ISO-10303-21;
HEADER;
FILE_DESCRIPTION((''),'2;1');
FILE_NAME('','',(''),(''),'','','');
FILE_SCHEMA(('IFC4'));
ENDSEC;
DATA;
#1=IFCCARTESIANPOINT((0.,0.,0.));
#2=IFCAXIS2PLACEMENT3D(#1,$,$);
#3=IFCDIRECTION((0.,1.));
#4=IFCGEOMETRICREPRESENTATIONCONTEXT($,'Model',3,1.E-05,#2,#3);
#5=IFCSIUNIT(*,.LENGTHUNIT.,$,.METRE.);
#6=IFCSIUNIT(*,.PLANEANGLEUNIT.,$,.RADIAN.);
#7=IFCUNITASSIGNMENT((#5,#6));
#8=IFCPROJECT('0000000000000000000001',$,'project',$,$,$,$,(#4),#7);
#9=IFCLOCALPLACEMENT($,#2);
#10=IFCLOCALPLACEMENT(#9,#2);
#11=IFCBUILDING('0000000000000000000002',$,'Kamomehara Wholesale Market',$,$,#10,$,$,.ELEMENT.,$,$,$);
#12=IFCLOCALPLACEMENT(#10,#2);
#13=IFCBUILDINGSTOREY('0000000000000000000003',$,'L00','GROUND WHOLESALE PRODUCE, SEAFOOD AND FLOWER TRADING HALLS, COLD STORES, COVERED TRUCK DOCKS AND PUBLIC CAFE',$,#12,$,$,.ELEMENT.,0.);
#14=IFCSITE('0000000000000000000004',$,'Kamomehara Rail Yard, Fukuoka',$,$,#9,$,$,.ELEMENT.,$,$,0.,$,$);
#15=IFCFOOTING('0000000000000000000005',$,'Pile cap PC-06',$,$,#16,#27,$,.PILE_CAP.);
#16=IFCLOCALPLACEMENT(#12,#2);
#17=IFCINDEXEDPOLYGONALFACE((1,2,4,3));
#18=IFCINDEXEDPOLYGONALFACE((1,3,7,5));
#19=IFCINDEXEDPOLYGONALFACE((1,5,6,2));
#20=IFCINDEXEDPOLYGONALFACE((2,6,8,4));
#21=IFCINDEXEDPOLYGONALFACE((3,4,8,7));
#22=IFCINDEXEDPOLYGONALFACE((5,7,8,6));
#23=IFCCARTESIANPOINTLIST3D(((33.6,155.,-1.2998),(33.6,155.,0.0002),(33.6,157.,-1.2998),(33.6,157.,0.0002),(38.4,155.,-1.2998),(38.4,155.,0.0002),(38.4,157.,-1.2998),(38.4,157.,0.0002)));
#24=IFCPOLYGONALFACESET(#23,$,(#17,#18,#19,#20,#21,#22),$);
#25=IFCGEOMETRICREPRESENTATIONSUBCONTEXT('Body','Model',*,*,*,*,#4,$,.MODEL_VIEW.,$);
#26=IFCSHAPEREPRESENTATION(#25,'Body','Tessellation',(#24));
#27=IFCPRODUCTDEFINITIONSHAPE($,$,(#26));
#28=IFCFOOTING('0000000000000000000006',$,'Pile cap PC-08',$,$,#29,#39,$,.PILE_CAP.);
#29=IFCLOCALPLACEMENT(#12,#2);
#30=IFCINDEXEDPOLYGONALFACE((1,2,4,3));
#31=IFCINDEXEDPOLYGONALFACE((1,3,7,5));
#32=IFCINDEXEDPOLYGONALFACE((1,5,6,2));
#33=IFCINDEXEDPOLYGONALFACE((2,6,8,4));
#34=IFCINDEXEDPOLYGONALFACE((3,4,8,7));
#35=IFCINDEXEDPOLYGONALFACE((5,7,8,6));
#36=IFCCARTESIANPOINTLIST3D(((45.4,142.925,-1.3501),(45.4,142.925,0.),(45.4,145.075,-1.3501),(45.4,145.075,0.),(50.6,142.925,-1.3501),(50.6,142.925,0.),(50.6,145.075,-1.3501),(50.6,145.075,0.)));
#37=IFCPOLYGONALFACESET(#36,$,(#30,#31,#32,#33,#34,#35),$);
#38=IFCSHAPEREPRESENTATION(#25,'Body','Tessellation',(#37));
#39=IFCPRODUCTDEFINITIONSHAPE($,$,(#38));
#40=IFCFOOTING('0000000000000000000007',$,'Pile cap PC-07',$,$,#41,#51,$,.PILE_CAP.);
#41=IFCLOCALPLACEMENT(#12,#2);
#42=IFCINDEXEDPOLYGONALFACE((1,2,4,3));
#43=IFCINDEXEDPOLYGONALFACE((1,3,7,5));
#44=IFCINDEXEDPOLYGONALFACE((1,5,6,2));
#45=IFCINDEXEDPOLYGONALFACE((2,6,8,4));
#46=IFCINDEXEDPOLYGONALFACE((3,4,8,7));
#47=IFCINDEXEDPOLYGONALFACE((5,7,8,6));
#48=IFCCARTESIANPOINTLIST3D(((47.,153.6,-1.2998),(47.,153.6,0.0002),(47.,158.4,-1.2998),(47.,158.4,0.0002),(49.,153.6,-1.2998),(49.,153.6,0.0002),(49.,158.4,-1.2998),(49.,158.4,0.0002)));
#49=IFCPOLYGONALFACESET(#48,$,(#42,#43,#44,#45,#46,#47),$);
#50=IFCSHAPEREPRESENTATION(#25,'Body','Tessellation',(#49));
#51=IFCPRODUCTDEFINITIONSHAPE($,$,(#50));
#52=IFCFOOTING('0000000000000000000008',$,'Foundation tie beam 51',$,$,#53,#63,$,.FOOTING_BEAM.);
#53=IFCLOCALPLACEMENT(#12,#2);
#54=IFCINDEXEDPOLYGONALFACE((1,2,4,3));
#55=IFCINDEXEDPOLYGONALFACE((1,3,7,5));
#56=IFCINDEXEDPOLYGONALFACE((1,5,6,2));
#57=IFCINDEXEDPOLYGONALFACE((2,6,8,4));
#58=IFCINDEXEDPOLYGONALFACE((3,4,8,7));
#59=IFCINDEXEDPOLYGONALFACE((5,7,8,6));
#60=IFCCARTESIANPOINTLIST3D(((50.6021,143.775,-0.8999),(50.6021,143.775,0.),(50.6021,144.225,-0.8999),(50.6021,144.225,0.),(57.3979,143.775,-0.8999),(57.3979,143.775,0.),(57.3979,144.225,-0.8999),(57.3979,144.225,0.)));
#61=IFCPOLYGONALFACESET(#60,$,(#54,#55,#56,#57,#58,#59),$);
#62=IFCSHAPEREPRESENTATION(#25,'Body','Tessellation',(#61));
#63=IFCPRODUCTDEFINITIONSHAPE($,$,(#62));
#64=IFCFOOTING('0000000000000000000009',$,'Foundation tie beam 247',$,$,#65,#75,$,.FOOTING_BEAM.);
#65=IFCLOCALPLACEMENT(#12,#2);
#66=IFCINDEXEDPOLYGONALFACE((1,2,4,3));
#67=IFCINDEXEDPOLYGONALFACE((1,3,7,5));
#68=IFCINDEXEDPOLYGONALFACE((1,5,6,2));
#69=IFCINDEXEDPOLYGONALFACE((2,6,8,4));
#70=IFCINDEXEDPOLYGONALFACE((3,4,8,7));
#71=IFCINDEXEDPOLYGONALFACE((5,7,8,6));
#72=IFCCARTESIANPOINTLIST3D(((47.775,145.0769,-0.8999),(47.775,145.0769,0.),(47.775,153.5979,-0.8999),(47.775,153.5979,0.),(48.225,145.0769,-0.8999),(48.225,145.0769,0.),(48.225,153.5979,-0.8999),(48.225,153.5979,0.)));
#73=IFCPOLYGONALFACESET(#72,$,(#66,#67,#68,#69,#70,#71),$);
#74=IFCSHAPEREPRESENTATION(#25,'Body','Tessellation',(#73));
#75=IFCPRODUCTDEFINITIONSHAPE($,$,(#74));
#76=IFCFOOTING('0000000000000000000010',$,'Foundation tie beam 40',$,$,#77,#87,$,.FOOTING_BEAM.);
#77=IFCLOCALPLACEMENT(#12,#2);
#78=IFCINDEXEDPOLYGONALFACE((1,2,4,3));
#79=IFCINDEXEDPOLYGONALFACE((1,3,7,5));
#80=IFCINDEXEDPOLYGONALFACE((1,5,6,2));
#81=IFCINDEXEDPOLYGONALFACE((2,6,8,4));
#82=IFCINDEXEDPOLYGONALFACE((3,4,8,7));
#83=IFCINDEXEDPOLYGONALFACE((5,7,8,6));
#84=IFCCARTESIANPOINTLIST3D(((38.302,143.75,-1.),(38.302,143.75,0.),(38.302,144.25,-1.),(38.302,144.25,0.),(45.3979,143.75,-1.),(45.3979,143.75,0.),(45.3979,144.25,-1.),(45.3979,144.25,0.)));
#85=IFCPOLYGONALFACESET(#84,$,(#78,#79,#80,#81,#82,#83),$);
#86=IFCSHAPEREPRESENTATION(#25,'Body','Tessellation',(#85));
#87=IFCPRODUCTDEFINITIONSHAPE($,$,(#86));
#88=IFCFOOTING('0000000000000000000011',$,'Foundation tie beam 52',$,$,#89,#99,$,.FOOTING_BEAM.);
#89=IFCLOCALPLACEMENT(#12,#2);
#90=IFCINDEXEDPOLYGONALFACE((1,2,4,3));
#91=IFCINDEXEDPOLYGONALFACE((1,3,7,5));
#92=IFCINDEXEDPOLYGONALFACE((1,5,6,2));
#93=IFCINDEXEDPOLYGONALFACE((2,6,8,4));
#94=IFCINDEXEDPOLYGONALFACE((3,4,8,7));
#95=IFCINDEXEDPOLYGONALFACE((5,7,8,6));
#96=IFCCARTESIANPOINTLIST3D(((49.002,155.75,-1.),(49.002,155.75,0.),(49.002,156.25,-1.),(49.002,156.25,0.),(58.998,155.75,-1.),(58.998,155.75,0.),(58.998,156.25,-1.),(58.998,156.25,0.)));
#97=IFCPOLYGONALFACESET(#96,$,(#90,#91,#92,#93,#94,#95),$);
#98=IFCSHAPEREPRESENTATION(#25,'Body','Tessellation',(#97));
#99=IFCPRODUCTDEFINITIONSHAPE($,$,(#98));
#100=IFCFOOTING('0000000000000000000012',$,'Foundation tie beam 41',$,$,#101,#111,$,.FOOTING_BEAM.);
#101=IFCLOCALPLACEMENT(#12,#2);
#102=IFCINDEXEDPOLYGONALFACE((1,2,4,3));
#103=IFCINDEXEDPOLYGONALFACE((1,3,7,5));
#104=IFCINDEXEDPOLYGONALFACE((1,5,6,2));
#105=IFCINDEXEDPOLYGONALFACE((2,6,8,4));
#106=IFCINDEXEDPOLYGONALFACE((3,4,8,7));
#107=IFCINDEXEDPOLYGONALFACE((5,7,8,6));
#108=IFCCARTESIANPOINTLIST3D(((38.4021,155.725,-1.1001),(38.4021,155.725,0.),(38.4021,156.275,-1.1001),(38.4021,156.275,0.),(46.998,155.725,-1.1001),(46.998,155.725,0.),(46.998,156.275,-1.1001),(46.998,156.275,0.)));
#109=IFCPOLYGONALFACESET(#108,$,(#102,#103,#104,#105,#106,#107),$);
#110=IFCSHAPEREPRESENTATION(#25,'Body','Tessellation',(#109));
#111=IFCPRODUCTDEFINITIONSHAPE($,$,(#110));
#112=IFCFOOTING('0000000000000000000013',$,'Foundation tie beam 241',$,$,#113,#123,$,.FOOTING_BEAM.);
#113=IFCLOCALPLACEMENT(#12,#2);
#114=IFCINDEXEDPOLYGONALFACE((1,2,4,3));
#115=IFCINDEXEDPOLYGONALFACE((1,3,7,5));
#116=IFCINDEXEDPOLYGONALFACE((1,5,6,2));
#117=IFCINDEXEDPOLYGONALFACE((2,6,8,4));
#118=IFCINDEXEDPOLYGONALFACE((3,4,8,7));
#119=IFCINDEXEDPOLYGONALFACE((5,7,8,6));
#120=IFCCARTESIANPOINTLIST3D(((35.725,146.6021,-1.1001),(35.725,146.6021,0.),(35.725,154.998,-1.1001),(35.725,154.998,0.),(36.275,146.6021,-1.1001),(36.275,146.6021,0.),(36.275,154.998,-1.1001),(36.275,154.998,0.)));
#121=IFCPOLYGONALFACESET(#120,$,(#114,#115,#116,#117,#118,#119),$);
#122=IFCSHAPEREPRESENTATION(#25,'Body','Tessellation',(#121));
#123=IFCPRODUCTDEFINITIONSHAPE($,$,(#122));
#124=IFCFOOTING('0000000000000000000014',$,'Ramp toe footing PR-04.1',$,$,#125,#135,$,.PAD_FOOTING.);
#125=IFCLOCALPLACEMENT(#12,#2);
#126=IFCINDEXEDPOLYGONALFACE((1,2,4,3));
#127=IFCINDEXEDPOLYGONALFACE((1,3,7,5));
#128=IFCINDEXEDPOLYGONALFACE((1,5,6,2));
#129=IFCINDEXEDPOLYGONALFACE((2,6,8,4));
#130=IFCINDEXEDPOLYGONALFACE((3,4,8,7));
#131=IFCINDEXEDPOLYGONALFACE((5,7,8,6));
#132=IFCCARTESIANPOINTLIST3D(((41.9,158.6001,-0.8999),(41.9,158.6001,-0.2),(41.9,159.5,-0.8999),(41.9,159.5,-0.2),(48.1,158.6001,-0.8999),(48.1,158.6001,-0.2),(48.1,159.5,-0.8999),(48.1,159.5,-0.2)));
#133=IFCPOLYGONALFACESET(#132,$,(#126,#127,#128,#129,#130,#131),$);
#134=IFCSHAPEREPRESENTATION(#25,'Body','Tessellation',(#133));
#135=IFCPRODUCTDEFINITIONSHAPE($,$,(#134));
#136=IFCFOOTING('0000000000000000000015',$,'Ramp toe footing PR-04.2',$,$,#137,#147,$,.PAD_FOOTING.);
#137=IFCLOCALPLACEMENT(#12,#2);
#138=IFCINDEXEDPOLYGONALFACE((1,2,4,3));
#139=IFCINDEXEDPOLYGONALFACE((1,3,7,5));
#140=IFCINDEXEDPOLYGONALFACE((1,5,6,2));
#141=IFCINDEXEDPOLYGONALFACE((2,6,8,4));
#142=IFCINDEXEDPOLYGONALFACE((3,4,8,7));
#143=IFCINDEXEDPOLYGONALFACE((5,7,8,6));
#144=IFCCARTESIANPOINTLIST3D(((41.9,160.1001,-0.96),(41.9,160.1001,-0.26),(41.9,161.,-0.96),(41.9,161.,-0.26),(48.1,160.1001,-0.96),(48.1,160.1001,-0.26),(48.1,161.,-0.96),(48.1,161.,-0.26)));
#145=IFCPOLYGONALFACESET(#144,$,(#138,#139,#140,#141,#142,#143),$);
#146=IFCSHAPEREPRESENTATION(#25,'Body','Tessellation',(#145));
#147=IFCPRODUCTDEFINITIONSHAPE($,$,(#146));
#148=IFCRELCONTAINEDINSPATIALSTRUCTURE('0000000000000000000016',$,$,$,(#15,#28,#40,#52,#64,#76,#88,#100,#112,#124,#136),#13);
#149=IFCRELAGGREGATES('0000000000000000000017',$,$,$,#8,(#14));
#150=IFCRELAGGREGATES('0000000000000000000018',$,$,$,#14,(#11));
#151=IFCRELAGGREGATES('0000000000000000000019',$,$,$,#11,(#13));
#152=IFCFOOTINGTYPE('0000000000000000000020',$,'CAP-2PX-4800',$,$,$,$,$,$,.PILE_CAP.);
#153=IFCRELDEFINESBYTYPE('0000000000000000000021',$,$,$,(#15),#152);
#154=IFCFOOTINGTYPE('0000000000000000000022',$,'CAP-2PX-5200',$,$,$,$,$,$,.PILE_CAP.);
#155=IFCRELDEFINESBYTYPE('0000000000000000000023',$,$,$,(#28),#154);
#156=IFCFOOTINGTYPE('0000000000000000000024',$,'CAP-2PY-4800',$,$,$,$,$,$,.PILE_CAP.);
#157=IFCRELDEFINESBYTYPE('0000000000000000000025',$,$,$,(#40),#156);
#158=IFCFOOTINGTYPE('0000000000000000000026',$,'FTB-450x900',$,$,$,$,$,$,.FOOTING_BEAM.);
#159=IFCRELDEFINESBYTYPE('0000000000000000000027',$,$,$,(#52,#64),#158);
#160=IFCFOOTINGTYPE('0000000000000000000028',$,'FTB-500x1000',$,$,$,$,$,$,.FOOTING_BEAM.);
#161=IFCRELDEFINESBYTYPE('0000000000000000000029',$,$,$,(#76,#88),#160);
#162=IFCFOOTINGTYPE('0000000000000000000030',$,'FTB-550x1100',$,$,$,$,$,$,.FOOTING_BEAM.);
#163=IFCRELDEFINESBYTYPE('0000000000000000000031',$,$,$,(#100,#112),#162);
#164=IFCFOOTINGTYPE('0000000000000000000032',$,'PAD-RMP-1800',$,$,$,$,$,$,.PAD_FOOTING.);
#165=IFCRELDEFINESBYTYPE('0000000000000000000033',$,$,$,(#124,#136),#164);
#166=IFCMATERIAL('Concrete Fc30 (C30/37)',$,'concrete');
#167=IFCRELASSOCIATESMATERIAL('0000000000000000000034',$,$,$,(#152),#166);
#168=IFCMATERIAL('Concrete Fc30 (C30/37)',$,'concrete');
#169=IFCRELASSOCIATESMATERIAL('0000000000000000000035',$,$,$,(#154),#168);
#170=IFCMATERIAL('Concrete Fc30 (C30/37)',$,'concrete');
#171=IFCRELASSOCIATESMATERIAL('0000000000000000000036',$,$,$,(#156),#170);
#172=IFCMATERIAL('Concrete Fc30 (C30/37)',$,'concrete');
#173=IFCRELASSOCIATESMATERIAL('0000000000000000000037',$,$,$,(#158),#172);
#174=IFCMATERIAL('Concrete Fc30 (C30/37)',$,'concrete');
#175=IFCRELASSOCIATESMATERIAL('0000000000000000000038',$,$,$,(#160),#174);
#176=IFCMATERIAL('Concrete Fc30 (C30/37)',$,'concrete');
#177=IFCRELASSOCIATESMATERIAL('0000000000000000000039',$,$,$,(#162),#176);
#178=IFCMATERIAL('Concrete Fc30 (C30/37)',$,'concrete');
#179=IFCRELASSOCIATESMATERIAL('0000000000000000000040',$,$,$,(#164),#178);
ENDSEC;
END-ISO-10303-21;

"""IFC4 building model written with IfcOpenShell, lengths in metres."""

from ifc_helpers import new_model, si_unit, direction, frame, origin, origin_2d, place, context, subcontext, project, spatial, rectangle, extrude, material, material_profile, profile_set, type_object, element, save


model = new_model("IFC4")

# Units and contexts
model_context = context("Model", 3, precision=1e-05, world=origin(), true_north=direction((0.0, 1.0)))
body_context = subcontext(model_context, "Body", "Model", "MODEL_VIEW")
ifc_project = project(units=[si_unit("LENGTHUNIT", "METRE"), si_unit("PLANEANGLEUNIT", "RADIAN")], contexts=[model_context])

# Site, building, storey
site_placement = place(None, origin())
site = spatial("IfcSite", under=ifc_project, at=site_placement, Name="Kamomehara Rail Yard, Fukuoka", CompositionType="ELEMENT", RefElevation=0.0)
building_placement = place(site_placement, origin())
building = spatial("IfcBuilding", under=site, at=building_placement, Name="Kamomehara Wholesale Market", CompositionType="ELEMENT")
storey_placement = place(building_placement, origin())
storey = spatial("IfcBuildingStorey", under=building, at=storey_placement, Name="L00", Description="GROUND WHOLESALE PRODUCE, SEAFOOD AND FLOWER TRADING HALLS, COLD STORES, COVERED TRUCK DOCKS AND PUBLIC CAFE", CompositionType="ELEMENT", Elevation=0.0)

# Footings
ifc_material_1 = material(Name="Concrete Fc30 (C30/37)", Category="concrete")
footing_type_1 = type_object("IfcFootingType", Name="CAP-2PX-4800", PredefinedType="PILE_CAP", material=ifc_material_1)
footing_1_placement = place(storey_placement, frame((36.0, 156.0, -1.2998), z_axis=(0.0, 0.0, 1.0), x_axis=(1.0, 0.0, 0.0)))
element("IfcFooting", 1, at=footing_1_placement, inside=storey, type_object=footing_type_1, Name="Pile cap PC-06", PredefinedType="PILE_CAP", context=body_context, shape_type="SweptSolid", body=[
    extrude(rectangle(XDim=4.8, YDim=2.0, at=origin_2d()), origin(), (0.0, 0.0, 1.0), 1.3),
])
ifc_material_2 = material(Name="Concrete Fc30 (C30/37)", Category="concrete")
footing_type_2 = type_object("IfcFootingType", Name="CAP-2PX-5200", PredefinedType="PILE_CAP", material=ifc_material_2)
footing_2_placement = place(storey_placement, frame((48.0, 144.0, -1.3501), z_axis=(0.0, 0.0, 1.0), x_axis=(1.0, 0.0, 0.0)))
element("IfcFooting", 2, at=footing_2_placement, inside=storey, type_object=footing_type_2, Name="Pile cap PC-08", PredefinedType="PILE_CAP", context=body_context, shape_type="SweptSolid", body=[
    extrude(rectangle(XDim=5.2, YDim=2.1499, at=origin_2d()), origin(), (0.0, 0.0, 1.0), 1.3501),
])
ifc_material_3 = material(Name="Concrete Fc30 (C30/37)", Category="concrete")
footing_type_3 = type_object("IfcFootingType", Name="CAP-2PY-4800", PredefinedType="PILE_CAP", material=ifc_material_3)
footing_3_placement = place(storey_placement, frame((48.0, 156.0, -1.2998), z_axis=(0.0, 0.0, 1.0), x_axis=(1.0, 0.0, 0.0)))
element("IfcFooting", 3, at=footing_3_placement, inside=storey, type_object=footing_type_3, Name="Pile cap PC-07", PredefinedType="PILE_CAP", context=body_context, shape_type="SweptSolid", body=[
    extrude(rectangle(XDim=2.0, YDim=4.8, at=origin_2d()), origin(), (0.0, 0.0, 1.0), 1.3),
])
ifc_material_4 = material(Name="Concrete Fc30 (C30/37)", Category="concrete")
ifc_material_profile_1 = material_profile(ifc_material_4, rectangle(XDim=0.45, YDim=0.8999, at=origin_2d()), Name="RC-FTB-450x900")
ifc_profile_set_1 = profile_set([ifc_material_profile_1], Name="Concrete Fc30 (C30/37)")
footing_type_4 = type_object("IfcFootingType", Name="FTB-450x900", PredefinedType="FOOTING_BEAM", material=ifc_profile_set_1)
footing_4_placement = place(storey_placement, frame((50.6021, 144.0, -0.45), z_axis=(1.0, 0.0, 0.0), x_axis=(0.0, 1.0, 0.0)))
element("IfcFooting", 4, at=footing_4_placement, inside=storey, type_object=footing_type_4, Name="Foundation tie beam 51", PredefinedType="FOOTING_BEAM", context=body_context, shape_type="SweptSolid", body=[
    extrude(rectangle(XDim=0.45, YDim=0.8999, at=origin_2d()), origin(), (0.0, 0.0, 1.0), 6.7959),
])
footing_5_placement = place(storey_placement, frame((48.0, 145.0769, -0.45), z_axis=(0.0, 1.0, 0.0), x_axis=(-1.0, 0.0, 0.0)))
element("IfcFooting", 5, at=footing_5_placement, inside=storey, type_object=footing_type_4, Name="Foundation tie beam 247", PredefinedType="FOOTING_BEAM", context=body_context, shape_type="SweptSolid", body=[
    extrude(rectangle(XDim=0.45, YDim=0.8999, at=origin_2d()), origin(), (0.0, 0.0, 1.0), 8.521),
])
ifc_material_5 = material(Name="Concrete Fc30 (C30/37)", Category="concrete")
ifc_material_profile_2 = material_profile(ifc_material_5, rectangle(XDim=0.5, YDim=1.0, at=origin_2d()), Name="RC-FTB-500x1000")
ifc_profile_set_2 = profile_set([ifc_material_profile_2], Name="Concrete Fc30 (C30/37)")
footing_type_5 = type_object("IfcFootingType", Name="FTB-500x1000", PredefinedType="FOOTING_BEAM", material=ifc_profile_set_2)
footing_6_placement = place(storey_placement, frame((38.302, 144.0, -0.5), z_axis=(1.0, 0.0, 0.0), x_axis=(0.0, 1.0, 0.0)))
element("IfcFooting", 6, at=footing_6_placement, inside=storey, type_object=footing_type_5, Name="Foundation tie beam 40", PredefinedType="FOOTING_BEAM", context=body_context, shape_type="SweptSolid", body=[
    extrude(rectangle(XDim=0.5, YDim=1.0, at=origin_2d()), origin(), (0.0, 0.0, 1.0), 7.0959),
])
footing_7_placement = place(storey_placement, frame((49.002, 156.0, -0.5), z_axis=(1.0, 0.0, 0.0), x_axis=(0.0, 1.0, 0.0)))
element("IfcFooting", 7, at=footing_7_placement, inside=storey, type_object=footing_type_5, Name="Foundation tie beam 52", PredefinedType="FOOTING_BEAM", context=body_context, shape_type="SweptSolid", body=[
    extrude(rectangle(XDim=0.5, YDim=1.0, at=origin_2d()), origin(), (0.0, 0.0, 1.0), 9.9961),
])
ifc_material_6 = material(Name="Concrete Fc30 (C30/37)", Category="concrete")
ifc_material_profile_3 = material_profile(ifc_material_6, rectangle(XDim=0.55, YDim=1.1001, at=origin_2d()), Name="RC-FTB-550x1100")
ifc_profile_set_3 = profile_set([ifc_material_profile_3], Name="Concrete Fc30 (C30/37)")
footing_type_6 = type_object("IfcFootingType", Name="FTB-550x1100", PredefinedType="FOOTING_BEAM", material=ifc_profile_set_3)
footing_8_placement = place(storey_placement, frame((38.4021, 156.0, -0.55), z_axis=(1.0, 0.0, 0.0), x_axis=(0.0, 1.0, 0.0)))
element("IfcFooting", 8, at=footing_8_placement, inside=storey, type_object=footing_type_6, Name="Foundation tie beam 41", PredefinedType="FOOTING_BEAM", context=body_context, shape_type="SweptSolid", body=[
    extrude(rectangle(XDim=0.55, YDim=1.1001, at=origin_2d()), origin(), (0.0, 0.0, 1.0), 8.5959),
])
footing_9_placement = place(storey_placement, frame((36.0, 146.6021, -0.55), z_axis=(0.0, 1.0, 0.0), x_axis=(-1.0, 0.0, 0.0)))
element("IfcFooting", 9, at=footing_9_placement, inside=storey, type_object=footing_type_6, Name="Foundation tie beam 241", PredefinedType="FOOTING_BEAM", context=body_context, shape_type="SweptSolid", body=[
    extrude(rectangle(XDim=0.55, YDim=1.1001, at=origin_2d()), origin(), (0.0, 0.0, 1.0), 8.396),
])
ifc_material_7 = material(Name="Concrete Fc30 (C30/37)", Category="concrete")
footing_type_7 = type_object("IfcFootingType", Name="PAD-RMP-1800", PredefinedType="PAD_FOOTING", material=ifc_material_7)
for number, where, z_axis, x_axis, name in (
    (10, (45.0, 159.05, -0.8999), (0.0, 0.0, 1.0), (1.0, 0.0, 0.0), "Ramp toe footing PR-04.1"),
    (11, (45.0, 160.55, -0.96), (0.0, 0.0, 1.0), (1.0, 0.0, 0.0), "Ramp toe footing PR-04.2"),
):
    element("IfcFooting", number, at=place(storey_placement, frame(where, z_axis=z_axis, x_axis=x_axis)), inside=storey, type_object=footing_type_7, Name=name, PredefinedType="PAD_FOOTING", context=body_context, shape_type="SweptSolid", body=[
        extrude(rectangle(XDim=6.2, YDim=0.8999, at=origin_2d()), origin(), (0.0, 0.0, 1.0), 0.7),
    ])

save(model, "model.ifc")
